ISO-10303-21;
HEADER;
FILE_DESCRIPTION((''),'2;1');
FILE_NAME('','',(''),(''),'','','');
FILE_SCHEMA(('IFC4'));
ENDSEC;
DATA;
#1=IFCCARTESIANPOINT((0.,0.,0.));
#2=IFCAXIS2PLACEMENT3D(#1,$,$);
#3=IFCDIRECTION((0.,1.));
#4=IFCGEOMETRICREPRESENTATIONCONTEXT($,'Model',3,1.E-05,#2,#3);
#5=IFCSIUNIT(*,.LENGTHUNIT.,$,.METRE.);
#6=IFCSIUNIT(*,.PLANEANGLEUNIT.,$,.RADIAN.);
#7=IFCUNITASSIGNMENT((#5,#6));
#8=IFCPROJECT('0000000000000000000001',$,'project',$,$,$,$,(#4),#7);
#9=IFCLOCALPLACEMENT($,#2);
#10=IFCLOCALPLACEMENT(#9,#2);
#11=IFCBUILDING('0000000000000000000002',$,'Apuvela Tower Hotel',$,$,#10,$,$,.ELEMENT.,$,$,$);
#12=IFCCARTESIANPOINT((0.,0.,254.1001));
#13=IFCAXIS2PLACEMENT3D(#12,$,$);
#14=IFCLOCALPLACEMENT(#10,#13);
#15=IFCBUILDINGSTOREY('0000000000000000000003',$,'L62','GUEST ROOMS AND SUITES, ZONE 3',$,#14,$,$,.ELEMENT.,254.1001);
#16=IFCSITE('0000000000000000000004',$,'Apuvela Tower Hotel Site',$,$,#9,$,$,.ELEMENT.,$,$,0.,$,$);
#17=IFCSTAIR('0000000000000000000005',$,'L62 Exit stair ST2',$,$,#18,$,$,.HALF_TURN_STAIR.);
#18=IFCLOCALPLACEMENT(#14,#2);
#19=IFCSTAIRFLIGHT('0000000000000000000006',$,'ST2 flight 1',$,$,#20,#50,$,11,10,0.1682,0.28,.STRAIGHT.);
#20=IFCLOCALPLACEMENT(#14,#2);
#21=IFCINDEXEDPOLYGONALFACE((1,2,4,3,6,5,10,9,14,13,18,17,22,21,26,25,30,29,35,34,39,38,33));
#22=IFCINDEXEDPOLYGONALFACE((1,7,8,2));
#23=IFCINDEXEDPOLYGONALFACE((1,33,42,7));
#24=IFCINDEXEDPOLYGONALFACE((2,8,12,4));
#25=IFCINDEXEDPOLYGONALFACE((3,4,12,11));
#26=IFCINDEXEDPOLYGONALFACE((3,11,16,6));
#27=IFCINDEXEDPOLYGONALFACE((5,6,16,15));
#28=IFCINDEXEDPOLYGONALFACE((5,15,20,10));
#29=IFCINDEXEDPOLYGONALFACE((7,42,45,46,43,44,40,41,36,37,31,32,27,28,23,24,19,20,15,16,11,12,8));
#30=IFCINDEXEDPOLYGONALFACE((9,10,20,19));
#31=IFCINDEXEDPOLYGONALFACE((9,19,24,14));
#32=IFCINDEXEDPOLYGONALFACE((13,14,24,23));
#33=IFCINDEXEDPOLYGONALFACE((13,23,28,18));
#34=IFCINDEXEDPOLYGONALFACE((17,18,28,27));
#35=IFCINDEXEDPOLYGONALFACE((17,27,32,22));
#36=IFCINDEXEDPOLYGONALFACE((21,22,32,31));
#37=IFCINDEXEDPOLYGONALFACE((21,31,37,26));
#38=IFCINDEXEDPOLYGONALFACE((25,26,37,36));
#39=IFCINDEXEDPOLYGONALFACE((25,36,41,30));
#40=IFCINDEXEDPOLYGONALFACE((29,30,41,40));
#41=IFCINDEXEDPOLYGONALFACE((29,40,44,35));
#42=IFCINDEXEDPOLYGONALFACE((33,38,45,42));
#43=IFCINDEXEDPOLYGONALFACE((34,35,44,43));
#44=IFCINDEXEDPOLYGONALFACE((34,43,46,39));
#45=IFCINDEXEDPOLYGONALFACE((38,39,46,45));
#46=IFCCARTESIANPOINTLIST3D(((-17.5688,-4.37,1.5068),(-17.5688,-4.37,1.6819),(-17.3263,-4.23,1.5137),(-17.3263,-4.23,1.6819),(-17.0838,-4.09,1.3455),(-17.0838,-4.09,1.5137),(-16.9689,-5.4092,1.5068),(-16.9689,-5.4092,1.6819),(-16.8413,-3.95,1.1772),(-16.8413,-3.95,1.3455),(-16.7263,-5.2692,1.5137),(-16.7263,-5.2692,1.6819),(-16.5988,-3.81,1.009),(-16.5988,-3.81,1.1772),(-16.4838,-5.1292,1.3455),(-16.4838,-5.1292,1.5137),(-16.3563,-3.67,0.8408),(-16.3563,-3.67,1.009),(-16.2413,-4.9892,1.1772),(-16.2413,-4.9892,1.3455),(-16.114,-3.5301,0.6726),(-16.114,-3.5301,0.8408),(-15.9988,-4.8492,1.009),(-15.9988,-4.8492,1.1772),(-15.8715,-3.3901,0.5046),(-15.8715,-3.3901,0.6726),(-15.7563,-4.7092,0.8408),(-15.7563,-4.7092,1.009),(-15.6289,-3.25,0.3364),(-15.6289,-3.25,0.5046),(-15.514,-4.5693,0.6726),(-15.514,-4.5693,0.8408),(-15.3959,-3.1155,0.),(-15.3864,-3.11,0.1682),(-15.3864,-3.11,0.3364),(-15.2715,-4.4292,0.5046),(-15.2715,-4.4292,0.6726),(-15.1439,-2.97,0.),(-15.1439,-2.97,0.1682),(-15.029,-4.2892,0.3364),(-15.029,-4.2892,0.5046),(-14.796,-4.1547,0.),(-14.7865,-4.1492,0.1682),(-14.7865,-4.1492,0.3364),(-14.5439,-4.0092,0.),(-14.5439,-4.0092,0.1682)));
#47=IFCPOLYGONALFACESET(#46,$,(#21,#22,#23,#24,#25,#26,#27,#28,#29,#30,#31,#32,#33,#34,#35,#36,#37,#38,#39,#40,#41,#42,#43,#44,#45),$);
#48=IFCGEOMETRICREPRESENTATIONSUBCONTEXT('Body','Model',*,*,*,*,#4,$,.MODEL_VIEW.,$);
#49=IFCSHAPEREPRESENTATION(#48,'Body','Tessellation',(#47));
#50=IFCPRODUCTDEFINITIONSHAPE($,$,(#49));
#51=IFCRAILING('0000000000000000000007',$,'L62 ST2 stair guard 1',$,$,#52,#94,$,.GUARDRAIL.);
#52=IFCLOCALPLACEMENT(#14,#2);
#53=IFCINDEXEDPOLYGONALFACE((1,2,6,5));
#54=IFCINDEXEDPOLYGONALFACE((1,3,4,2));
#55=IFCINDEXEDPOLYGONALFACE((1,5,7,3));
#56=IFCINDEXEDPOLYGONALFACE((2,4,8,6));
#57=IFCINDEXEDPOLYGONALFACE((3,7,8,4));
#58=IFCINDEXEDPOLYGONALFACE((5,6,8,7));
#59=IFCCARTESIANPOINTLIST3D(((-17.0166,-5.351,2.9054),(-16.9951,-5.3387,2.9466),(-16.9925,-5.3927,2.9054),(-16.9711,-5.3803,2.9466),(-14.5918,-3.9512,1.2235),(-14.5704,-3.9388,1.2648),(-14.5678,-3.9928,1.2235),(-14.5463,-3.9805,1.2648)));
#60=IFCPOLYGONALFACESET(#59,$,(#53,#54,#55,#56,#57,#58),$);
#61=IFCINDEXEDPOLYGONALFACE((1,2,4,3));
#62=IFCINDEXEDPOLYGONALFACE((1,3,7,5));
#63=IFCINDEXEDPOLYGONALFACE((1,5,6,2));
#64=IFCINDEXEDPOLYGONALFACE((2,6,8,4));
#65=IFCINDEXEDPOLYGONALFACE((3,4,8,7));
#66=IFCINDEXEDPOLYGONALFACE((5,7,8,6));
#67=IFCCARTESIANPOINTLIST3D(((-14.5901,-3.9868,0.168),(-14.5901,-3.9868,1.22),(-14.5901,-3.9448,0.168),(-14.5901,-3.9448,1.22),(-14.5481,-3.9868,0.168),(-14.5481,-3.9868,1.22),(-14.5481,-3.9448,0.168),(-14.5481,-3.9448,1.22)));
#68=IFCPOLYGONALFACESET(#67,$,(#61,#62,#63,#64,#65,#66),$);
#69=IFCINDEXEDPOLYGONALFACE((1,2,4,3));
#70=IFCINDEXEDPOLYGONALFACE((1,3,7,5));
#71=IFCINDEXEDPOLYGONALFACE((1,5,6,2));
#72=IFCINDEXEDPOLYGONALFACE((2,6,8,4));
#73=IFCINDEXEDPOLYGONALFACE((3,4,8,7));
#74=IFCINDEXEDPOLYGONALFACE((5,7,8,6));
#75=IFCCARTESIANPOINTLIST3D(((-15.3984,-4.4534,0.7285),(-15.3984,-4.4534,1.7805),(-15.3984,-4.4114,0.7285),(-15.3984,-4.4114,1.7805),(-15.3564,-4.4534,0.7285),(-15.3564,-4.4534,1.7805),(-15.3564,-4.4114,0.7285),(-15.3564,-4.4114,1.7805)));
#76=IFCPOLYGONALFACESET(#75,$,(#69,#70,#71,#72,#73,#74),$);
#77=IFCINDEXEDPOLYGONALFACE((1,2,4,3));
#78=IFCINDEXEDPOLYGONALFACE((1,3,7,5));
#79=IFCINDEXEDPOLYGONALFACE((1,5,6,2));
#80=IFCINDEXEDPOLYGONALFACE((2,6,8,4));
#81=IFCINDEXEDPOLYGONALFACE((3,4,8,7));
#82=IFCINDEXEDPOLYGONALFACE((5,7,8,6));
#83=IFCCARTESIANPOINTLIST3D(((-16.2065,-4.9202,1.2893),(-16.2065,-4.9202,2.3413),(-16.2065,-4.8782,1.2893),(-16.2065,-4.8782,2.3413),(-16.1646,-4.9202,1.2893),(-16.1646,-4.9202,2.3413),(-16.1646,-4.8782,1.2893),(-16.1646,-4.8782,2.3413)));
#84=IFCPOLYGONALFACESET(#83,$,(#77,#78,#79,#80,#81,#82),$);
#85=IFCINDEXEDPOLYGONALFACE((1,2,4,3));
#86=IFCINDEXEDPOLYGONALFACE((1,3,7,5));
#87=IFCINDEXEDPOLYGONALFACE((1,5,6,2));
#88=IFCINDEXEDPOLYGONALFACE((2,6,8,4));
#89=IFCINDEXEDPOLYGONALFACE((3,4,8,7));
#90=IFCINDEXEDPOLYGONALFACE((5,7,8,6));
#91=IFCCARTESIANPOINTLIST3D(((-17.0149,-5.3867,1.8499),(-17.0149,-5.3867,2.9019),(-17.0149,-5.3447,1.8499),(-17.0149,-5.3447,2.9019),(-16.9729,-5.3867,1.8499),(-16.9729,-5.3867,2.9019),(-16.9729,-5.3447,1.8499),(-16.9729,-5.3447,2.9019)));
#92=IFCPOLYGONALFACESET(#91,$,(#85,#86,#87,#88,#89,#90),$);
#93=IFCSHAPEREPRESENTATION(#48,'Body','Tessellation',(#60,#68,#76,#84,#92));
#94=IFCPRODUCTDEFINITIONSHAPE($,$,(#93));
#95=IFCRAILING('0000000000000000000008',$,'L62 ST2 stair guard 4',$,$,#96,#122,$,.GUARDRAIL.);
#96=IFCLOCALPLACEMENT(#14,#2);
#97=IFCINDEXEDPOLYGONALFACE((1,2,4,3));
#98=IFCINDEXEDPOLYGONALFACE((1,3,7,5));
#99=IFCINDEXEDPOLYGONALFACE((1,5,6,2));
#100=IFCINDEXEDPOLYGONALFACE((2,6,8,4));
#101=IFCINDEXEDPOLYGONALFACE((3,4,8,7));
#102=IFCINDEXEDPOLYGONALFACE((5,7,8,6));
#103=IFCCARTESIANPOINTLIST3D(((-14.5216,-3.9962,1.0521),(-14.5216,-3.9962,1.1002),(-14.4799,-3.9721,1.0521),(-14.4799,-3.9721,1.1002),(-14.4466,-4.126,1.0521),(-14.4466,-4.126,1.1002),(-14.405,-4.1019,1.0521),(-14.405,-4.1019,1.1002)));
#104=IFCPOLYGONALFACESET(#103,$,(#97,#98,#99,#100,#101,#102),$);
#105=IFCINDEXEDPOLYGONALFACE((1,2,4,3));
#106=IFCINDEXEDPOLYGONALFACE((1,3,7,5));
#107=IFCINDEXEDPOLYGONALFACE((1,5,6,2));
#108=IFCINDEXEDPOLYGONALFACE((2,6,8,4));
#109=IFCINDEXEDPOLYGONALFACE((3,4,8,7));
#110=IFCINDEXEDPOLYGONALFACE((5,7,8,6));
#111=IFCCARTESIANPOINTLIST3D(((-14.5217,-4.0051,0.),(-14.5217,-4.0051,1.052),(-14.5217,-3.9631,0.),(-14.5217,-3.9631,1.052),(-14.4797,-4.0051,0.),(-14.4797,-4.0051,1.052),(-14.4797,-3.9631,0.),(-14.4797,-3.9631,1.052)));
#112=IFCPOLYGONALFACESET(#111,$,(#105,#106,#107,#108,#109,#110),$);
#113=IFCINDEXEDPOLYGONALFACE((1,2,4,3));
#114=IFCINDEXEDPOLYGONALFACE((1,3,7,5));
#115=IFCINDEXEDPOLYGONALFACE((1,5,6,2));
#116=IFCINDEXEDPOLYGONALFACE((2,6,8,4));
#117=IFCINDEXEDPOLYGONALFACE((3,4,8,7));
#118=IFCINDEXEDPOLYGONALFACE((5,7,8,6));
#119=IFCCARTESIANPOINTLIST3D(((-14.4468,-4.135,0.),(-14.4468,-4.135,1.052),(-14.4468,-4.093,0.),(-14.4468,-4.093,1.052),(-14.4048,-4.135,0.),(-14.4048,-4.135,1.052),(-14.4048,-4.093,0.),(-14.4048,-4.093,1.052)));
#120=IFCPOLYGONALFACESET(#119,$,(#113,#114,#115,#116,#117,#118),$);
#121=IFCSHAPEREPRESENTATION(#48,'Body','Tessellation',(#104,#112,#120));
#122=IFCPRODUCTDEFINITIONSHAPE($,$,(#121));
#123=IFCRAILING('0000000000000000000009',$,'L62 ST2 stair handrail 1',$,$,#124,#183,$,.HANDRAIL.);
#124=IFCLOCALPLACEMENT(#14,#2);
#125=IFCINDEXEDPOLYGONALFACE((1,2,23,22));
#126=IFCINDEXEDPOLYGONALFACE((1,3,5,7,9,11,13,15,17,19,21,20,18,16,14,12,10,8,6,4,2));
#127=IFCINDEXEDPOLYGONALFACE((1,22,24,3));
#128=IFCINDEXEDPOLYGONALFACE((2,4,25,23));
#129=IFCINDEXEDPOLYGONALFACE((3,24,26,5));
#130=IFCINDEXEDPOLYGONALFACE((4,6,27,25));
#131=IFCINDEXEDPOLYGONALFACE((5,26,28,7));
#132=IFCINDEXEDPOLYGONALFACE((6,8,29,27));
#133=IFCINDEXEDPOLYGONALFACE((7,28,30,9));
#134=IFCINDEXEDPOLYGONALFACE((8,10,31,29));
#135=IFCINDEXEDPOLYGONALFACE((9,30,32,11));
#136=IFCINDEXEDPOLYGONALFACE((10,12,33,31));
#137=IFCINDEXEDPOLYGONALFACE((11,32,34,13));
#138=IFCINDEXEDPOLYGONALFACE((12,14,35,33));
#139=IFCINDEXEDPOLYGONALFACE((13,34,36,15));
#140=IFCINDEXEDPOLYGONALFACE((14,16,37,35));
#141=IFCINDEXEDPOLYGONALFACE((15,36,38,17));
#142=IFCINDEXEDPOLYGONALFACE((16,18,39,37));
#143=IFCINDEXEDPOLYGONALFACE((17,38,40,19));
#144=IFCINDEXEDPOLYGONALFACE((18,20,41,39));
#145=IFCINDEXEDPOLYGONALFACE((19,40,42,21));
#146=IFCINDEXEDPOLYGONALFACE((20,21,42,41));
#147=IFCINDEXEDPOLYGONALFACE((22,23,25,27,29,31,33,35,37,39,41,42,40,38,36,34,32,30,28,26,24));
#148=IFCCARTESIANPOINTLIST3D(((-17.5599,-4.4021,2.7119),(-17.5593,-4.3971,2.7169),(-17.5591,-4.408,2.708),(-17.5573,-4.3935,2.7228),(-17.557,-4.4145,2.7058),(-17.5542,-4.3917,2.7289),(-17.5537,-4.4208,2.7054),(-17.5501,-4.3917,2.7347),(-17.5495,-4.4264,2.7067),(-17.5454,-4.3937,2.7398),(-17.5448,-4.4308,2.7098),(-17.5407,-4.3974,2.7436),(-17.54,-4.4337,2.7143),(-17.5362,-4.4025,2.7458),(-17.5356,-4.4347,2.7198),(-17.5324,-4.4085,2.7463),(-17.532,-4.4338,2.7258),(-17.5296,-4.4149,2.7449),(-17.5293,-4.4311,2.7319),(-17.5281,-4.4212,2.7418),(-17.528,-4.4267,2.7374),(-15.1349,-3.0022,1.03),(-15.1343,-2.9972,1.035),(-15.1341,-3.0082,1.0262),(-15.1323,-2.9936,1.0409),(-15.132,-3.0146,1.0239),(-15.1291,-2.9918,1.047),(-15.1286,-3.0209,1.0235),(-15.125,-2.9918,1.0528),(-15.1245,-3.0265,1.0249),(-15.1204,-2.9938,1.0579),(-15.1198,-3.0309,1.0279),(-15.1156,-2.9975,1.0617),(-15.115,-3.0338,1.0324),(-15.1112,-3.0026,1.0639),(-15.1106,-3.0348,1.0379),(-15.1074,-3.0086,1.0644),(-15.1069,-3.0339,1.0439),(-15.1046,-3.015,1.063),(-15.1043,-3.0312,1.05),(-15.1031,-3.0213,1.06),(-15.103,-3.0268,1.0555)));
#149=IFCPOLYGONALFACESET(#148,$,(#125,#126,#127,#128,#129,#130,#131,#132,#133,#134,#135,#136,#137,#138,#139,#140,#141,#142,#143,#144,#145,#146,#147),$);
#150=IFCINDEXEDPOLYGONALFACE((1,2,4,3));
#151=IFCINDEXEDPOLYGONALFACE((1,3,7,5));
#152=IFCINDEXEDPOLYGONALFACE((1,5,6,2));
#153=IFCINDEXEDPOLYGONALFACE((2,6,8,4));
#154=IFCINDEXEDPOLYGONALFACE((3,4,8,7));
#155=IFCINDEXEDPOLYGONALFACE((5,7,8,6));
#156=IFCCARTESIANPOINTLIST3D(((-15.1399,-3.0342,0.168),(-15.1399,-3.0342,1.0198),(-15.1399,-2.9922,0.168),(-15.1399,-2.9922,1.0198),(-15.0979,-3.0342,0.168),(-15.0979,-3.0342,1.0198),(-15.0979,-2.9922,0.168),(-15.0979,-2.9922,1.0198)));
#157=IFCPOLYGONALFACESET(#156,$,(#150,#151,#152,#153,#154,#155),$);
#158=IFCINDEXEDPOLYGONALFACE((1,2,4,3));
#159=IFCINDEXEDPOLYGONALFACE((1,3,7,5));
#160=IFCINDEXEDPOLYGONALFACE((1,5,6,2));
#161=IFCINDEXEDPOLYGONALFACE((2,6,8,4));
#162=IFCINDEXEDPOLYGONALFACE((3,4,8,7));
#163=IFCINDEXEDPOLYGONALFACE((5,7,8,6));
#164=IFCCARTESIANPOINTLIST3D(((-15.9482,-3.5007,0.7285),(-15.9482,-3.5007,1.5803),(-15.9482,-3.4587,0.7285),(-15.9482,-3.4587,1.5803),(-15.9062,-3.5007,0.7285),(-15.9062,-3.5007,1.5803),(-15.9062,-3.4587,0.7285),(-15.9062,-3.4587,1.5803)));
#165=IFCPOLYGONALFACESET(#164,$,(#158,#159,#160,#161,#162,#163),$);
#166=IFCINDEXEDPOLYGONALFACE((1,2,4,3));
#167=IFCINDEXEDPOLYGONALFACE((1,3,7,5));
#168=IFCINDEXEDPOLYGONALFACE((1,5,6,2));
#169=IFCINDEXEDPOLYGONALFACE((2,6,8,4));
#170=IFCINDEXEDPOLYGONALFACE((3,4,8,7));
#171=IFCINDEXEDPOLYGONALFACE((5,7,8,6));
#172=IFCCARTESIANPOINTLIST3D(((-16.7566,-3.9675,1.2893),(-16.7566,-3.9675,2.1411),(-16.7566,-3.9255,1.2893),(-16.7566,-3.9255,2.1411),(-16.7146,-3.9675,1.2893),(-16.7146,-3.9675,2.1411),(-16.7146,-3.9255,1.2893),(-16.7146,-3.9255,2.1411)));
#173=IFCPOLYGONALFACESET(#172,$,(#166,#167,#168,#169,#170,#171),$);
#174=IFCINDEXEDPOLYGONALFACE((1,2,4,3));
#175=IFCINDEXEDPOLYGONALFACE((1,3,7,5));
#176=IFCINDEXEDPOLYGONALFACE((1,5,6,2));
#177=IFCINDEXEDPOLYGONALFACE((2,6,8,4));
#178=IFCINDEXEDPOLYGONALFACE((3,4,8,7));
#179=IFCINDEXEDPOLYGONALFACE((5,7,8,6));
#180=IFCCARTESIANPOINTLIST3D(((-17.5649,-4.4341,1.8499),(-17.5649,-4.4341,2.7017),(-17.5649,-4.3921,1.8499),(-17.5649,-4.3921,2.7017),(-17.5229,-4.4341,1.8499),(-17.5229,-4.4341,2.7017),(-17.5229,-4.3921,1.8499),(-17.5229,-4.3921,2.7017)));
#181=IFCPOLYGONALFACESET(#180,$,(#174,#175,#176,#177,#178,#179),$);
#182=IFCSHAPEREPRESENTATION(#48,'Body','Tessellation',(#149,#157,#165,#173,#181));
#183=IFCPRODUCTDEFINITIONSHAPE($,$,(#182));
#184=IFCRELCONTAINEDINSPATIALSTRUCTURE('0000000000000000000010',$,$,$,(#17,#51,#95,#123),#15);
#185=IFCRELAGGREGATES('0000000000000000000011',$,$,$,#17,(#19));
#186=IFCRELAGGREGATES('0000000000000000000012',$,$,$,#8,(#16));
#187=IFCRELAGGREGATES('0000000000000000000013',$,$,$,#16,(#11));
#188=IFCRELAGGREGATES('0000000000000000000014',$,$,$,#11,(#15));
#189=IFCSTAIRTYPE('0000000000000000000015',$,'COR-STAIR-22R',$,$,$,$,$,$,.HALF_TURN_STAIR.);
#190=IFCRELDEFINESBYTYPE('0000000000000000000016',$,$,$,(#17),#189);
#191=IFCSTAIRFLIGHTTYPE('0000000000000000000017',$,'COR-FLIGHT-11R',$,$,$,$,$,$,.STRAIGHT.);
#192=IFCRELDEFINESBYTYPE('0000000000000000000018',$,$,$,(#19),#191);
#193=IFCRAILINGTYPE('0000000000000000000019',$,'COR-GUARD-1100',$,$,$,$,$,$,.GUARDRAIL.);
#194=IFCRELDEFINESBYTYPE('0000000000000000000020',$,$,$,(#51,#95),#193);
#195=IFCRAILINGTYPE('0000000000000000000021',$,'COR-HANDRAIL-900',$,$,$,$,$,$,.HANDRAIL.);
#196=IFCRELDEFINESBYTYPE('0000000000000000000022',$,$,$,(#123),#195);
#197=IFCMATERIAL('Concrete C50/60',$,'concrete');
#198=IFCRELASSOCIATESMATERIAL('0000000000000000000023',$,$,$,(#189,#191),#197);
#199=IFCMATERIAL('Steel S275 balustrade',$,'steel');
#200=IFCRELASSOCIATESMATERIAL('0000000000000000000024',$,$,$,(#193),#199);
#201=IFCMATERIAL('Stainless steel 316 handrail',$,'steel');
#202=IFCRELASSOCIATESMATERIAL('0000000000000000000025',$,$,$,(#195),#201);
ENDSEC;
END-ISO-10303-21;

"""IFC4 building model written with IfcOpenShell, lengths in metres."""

from ifc_helpers import new_model, si_unit, direction, frame, origin, origin_2d, place, context, subcontext, project, spatial, polyline, rectangle, circle, outline, extrude, material, type_object, element, aggregate, save


model = new_model("IFC4")

# Units and contexts
model_context = context("Model", 3, precision=1e-05, world=origin(), true_north=direction((0.0, 1.0)))
body_context = subcontext(model_context, "Body", "Model", "MODEL_VIEW")
ifc_project = project(units=[si_unit("LENGTHUNIT", "METRE"), si_unit("PLANEANGLEUNIT", "RADIAN")], contexts=[model_context])

# Site, building, storey
site_placement = place(None, origin())
site = spatial("IfcSite", under=ifc_project, at=site_placement, Name="Apuvela Tower Hotel Site", CompositionType="ELEMENT", RefElevation=0.0)
building_placement = place(site_placement, origin())
building = spatial("IfcBuilding", under=site, at=building_placement, Name="Apuvela Tower Hotel", CompositionType="ELEMENT")
storey_placement = place(building_placement, frame((0.0, 0.0, 254.1001)))
storey = spatial("IfcBuildingStorey", under=building, at=storey_placement, Name="L62", Description="GUEST ROOMS AND SUITES, ZONE 3", CompositionType="ELEMENT", Elevation=254.1001)

# Shared definitions
ifc_material_1 = material(Name="Concrete C50/60", Category="concrete")

# Stair, stair flight
stair_type = type_object("IfcStairType", Name="COR-STAIR-22R", PredefinedType="HALF_TURN_STAIR", material=ifc_material_1)
stair_placement = place(storey_placement, origin())
stair = element("IfcStair", 1, at=stair_placement, inside=storey, type_object=stair_type, Name="L62 Exit stair ST2", PredefinedType="HALF_TURN_STAIR")
stair_flight_type = type_object("IfcStairFlightType", Name="COR-FLIGHT-11R", PredefinedType="STRAIGHT", material=ifc_material_1)
stair_flight_placement = place(storey_placement, frame((-14.844, -3.4895, 0.0), z_axis=(0.0, 0.0, 1.0), x_axis=(-0.866025, -0.5, 0.0)))
stair_flight = element("IfcStairFlight", 2, at=stair_flight_placement, type_object=stair_flight_type, Name="ST2 flight 1", NumberOfRisers=11, NumberOfTreads=10, PredefinedType="STRAIGHT", RiserHeight=0.1682, TreadLength=0.28, context=body_context, shape_type="SweptSolid", body=[
    extrude(outline(polyline([(0.0, 0.0), (0.0, 0.1682), (0.28, 0.1682), (0.28, 0.3364), (0.5601, 0.3364), (0.5601, 0.5046), (0.8401, 0.5046), (0.8401, 0.6726), (1.1201, 0.6726), (1.1201, 0.8408), (1.3999, 0.8408), (1.3999, 1.009), (1.6799, 1.009), (1.6799, 1.1772), (1.96, 1.1772), (1.96, 1.3455), (2.24, 1.3455), (2.24, 1.5137), (2.52, 1.5137), (2.52, 1.6819), (2.8, 1.6819), (2.8, 1.8501), (2.8, 1.5068), (0.291, 0.0), (0.0, 0.0)])), frame((0.0, 0.6001, 0.0), z_axis=(0.0, -1.0, 0.0), x_axis=(1.0, 0.0, 0.0)), (0.0, 0.0, 1.0), 1.2),
])
aggregate(stair, [stair_flight])

# Railings
ifc_material_2 = material(Name="Steel S275 balustrade", Category="steel")
railing_type_1 = type_object("IfcRailingType", Name="COR-GUARD-1100", PredefinedType="GUARDRAIL", material=ifc_material_2)
railing_1_placement = place(storey_placement, frame((-14.5691, -3.9658, 0.168)))
element("IfcRailing", 3, at=railing_1_placement, inside=storey, type_object=railing_type_1, Name="L62 ST2 stair guard 1", PredefinedType="GUARDRAIL", context=body_context, shape_type="SweptSolid", body=[
    extrude(rectangle(XDim=0.0481, YDim=0.0481, at=origin_2d()), frame((0.0, 0.0, 1.0762), z_axis=(-0.74239, -0.428601, 0.514934), x_axis=(0.499984, -0.866035, 0.0)), (0.0, 0.0, 1.0), 3.2661),
    extrude(rectangle(XDim=0.042, YDim=0.042, at=origin_2d()), origin(), (0.0, 0.0, 1.0), 1.052),
    extrude(rectangle(XDim=0.042, YDim=0.042, at=origin_2d()), frame((-0.8083, -0.4666, 0.5605)), (0.0, 0.0, 1.0), 1.052),
    extrude(rectangle(XDim=0.042, YDim=0.042, at=origin_2d()), frame((-1.6165, -0.9333, 1.1213)), (0.0, 0.0, 1.0), 1.052),
    extrude(rectangle(XDim=0.042, YDim=0.042, at=origin_2d()), frame((-2.4248, -1.3999, 1.6819)), (0.0, 0.0, 1.0), 1.052),
])
railing_2_placement = place(storey_placement, frame((-14.5007, -3.9841, 0.0)))
element("IfcRailing", 4, at=railing_2_placement, inside=storey, type_object=railing_type_1, Name="L62 ST2 stair guard 4", PredefinedType="GUARDRAIL", context=body_context, shape_type="SweptSolid", body=[
    extrude(rectangle(XDim=0.0481, YDim=0.0481, at=origin_2d()), frame((0.0, 0.0, 1.0762), z_axis=(0.499816, -0.866131, 0.0), x_axis=(0.866131, 0.499816, 0.0)), (0.0, 0.0, 1.0), 0.1499),
    extrude(rectangle(XDim=0.042, YDim=0.042, at=origin_2d()), origin(), (0.0, 0.0, 1.0), 1.052),
    extrude(rectangle(XDim=0.042, YDim=0.042, at=origin_2d()), frame((0.075, -0.1299, 0.0)), (0.0, 0.0, 1.0), 1.052),
])
ifc_material_3 = material(Name="Stainless steel 316 handrail", Category="steel")
railing_type_2 = type_object("IfcRailingType", Name="COR-HANDRAIL-900", PredefinedType="HANDRAIL", material=ifc_material_3)
railing_3_placement = place(storey_placement, frame((-15.1189, -3.0132, 0.168)))
element("IfcRailing", 5, at=railing_3_placement, inside=storey, type_object=railing_type_2, Name="L62 ST2 stair handrail 1", PredefinedType="HANDRAIL", context=body_context, shape_type="SweptSolid", body=[
    extrude(circle(Radius=0.0239, at=origin_2d()), frame((0.0, 0.0, 0.876), z_axis=(-0.742424, -0.428577, 0.514906), x_axis=(0.499946, -0.866056, 0.0)), (0.0, 0.0, 1.0), 3.2664),
    extrude(rectangle(XDim=0.042, YDim=0.042, at=origin_2d()), origin(), (0.0, 0.0, 1.0), 0.8518),
    extrude(rectangle(XDim=0.042, YDim=0.042, at=origin_2d()), frame((-0.8083, -0.4666, 0.5605)), (0.0, 0.0, 1.0), 0.8518),
    extrude(rectangle(XDim=0.042, YDim=0.042, at=origin_2d()), frame((-1.6167, -0.9333, 1.1213)), (0.0, 0.0, 1.0), 0.8518),
    extrude(rectangle(XDim=0.042, YDim=0.042, at=origin_2d()), frame((-2.425, -1.3999, 1.6819)), (0.0, 0.0, 1.0), 0.8518),
])

save(model, "model.ifc")
